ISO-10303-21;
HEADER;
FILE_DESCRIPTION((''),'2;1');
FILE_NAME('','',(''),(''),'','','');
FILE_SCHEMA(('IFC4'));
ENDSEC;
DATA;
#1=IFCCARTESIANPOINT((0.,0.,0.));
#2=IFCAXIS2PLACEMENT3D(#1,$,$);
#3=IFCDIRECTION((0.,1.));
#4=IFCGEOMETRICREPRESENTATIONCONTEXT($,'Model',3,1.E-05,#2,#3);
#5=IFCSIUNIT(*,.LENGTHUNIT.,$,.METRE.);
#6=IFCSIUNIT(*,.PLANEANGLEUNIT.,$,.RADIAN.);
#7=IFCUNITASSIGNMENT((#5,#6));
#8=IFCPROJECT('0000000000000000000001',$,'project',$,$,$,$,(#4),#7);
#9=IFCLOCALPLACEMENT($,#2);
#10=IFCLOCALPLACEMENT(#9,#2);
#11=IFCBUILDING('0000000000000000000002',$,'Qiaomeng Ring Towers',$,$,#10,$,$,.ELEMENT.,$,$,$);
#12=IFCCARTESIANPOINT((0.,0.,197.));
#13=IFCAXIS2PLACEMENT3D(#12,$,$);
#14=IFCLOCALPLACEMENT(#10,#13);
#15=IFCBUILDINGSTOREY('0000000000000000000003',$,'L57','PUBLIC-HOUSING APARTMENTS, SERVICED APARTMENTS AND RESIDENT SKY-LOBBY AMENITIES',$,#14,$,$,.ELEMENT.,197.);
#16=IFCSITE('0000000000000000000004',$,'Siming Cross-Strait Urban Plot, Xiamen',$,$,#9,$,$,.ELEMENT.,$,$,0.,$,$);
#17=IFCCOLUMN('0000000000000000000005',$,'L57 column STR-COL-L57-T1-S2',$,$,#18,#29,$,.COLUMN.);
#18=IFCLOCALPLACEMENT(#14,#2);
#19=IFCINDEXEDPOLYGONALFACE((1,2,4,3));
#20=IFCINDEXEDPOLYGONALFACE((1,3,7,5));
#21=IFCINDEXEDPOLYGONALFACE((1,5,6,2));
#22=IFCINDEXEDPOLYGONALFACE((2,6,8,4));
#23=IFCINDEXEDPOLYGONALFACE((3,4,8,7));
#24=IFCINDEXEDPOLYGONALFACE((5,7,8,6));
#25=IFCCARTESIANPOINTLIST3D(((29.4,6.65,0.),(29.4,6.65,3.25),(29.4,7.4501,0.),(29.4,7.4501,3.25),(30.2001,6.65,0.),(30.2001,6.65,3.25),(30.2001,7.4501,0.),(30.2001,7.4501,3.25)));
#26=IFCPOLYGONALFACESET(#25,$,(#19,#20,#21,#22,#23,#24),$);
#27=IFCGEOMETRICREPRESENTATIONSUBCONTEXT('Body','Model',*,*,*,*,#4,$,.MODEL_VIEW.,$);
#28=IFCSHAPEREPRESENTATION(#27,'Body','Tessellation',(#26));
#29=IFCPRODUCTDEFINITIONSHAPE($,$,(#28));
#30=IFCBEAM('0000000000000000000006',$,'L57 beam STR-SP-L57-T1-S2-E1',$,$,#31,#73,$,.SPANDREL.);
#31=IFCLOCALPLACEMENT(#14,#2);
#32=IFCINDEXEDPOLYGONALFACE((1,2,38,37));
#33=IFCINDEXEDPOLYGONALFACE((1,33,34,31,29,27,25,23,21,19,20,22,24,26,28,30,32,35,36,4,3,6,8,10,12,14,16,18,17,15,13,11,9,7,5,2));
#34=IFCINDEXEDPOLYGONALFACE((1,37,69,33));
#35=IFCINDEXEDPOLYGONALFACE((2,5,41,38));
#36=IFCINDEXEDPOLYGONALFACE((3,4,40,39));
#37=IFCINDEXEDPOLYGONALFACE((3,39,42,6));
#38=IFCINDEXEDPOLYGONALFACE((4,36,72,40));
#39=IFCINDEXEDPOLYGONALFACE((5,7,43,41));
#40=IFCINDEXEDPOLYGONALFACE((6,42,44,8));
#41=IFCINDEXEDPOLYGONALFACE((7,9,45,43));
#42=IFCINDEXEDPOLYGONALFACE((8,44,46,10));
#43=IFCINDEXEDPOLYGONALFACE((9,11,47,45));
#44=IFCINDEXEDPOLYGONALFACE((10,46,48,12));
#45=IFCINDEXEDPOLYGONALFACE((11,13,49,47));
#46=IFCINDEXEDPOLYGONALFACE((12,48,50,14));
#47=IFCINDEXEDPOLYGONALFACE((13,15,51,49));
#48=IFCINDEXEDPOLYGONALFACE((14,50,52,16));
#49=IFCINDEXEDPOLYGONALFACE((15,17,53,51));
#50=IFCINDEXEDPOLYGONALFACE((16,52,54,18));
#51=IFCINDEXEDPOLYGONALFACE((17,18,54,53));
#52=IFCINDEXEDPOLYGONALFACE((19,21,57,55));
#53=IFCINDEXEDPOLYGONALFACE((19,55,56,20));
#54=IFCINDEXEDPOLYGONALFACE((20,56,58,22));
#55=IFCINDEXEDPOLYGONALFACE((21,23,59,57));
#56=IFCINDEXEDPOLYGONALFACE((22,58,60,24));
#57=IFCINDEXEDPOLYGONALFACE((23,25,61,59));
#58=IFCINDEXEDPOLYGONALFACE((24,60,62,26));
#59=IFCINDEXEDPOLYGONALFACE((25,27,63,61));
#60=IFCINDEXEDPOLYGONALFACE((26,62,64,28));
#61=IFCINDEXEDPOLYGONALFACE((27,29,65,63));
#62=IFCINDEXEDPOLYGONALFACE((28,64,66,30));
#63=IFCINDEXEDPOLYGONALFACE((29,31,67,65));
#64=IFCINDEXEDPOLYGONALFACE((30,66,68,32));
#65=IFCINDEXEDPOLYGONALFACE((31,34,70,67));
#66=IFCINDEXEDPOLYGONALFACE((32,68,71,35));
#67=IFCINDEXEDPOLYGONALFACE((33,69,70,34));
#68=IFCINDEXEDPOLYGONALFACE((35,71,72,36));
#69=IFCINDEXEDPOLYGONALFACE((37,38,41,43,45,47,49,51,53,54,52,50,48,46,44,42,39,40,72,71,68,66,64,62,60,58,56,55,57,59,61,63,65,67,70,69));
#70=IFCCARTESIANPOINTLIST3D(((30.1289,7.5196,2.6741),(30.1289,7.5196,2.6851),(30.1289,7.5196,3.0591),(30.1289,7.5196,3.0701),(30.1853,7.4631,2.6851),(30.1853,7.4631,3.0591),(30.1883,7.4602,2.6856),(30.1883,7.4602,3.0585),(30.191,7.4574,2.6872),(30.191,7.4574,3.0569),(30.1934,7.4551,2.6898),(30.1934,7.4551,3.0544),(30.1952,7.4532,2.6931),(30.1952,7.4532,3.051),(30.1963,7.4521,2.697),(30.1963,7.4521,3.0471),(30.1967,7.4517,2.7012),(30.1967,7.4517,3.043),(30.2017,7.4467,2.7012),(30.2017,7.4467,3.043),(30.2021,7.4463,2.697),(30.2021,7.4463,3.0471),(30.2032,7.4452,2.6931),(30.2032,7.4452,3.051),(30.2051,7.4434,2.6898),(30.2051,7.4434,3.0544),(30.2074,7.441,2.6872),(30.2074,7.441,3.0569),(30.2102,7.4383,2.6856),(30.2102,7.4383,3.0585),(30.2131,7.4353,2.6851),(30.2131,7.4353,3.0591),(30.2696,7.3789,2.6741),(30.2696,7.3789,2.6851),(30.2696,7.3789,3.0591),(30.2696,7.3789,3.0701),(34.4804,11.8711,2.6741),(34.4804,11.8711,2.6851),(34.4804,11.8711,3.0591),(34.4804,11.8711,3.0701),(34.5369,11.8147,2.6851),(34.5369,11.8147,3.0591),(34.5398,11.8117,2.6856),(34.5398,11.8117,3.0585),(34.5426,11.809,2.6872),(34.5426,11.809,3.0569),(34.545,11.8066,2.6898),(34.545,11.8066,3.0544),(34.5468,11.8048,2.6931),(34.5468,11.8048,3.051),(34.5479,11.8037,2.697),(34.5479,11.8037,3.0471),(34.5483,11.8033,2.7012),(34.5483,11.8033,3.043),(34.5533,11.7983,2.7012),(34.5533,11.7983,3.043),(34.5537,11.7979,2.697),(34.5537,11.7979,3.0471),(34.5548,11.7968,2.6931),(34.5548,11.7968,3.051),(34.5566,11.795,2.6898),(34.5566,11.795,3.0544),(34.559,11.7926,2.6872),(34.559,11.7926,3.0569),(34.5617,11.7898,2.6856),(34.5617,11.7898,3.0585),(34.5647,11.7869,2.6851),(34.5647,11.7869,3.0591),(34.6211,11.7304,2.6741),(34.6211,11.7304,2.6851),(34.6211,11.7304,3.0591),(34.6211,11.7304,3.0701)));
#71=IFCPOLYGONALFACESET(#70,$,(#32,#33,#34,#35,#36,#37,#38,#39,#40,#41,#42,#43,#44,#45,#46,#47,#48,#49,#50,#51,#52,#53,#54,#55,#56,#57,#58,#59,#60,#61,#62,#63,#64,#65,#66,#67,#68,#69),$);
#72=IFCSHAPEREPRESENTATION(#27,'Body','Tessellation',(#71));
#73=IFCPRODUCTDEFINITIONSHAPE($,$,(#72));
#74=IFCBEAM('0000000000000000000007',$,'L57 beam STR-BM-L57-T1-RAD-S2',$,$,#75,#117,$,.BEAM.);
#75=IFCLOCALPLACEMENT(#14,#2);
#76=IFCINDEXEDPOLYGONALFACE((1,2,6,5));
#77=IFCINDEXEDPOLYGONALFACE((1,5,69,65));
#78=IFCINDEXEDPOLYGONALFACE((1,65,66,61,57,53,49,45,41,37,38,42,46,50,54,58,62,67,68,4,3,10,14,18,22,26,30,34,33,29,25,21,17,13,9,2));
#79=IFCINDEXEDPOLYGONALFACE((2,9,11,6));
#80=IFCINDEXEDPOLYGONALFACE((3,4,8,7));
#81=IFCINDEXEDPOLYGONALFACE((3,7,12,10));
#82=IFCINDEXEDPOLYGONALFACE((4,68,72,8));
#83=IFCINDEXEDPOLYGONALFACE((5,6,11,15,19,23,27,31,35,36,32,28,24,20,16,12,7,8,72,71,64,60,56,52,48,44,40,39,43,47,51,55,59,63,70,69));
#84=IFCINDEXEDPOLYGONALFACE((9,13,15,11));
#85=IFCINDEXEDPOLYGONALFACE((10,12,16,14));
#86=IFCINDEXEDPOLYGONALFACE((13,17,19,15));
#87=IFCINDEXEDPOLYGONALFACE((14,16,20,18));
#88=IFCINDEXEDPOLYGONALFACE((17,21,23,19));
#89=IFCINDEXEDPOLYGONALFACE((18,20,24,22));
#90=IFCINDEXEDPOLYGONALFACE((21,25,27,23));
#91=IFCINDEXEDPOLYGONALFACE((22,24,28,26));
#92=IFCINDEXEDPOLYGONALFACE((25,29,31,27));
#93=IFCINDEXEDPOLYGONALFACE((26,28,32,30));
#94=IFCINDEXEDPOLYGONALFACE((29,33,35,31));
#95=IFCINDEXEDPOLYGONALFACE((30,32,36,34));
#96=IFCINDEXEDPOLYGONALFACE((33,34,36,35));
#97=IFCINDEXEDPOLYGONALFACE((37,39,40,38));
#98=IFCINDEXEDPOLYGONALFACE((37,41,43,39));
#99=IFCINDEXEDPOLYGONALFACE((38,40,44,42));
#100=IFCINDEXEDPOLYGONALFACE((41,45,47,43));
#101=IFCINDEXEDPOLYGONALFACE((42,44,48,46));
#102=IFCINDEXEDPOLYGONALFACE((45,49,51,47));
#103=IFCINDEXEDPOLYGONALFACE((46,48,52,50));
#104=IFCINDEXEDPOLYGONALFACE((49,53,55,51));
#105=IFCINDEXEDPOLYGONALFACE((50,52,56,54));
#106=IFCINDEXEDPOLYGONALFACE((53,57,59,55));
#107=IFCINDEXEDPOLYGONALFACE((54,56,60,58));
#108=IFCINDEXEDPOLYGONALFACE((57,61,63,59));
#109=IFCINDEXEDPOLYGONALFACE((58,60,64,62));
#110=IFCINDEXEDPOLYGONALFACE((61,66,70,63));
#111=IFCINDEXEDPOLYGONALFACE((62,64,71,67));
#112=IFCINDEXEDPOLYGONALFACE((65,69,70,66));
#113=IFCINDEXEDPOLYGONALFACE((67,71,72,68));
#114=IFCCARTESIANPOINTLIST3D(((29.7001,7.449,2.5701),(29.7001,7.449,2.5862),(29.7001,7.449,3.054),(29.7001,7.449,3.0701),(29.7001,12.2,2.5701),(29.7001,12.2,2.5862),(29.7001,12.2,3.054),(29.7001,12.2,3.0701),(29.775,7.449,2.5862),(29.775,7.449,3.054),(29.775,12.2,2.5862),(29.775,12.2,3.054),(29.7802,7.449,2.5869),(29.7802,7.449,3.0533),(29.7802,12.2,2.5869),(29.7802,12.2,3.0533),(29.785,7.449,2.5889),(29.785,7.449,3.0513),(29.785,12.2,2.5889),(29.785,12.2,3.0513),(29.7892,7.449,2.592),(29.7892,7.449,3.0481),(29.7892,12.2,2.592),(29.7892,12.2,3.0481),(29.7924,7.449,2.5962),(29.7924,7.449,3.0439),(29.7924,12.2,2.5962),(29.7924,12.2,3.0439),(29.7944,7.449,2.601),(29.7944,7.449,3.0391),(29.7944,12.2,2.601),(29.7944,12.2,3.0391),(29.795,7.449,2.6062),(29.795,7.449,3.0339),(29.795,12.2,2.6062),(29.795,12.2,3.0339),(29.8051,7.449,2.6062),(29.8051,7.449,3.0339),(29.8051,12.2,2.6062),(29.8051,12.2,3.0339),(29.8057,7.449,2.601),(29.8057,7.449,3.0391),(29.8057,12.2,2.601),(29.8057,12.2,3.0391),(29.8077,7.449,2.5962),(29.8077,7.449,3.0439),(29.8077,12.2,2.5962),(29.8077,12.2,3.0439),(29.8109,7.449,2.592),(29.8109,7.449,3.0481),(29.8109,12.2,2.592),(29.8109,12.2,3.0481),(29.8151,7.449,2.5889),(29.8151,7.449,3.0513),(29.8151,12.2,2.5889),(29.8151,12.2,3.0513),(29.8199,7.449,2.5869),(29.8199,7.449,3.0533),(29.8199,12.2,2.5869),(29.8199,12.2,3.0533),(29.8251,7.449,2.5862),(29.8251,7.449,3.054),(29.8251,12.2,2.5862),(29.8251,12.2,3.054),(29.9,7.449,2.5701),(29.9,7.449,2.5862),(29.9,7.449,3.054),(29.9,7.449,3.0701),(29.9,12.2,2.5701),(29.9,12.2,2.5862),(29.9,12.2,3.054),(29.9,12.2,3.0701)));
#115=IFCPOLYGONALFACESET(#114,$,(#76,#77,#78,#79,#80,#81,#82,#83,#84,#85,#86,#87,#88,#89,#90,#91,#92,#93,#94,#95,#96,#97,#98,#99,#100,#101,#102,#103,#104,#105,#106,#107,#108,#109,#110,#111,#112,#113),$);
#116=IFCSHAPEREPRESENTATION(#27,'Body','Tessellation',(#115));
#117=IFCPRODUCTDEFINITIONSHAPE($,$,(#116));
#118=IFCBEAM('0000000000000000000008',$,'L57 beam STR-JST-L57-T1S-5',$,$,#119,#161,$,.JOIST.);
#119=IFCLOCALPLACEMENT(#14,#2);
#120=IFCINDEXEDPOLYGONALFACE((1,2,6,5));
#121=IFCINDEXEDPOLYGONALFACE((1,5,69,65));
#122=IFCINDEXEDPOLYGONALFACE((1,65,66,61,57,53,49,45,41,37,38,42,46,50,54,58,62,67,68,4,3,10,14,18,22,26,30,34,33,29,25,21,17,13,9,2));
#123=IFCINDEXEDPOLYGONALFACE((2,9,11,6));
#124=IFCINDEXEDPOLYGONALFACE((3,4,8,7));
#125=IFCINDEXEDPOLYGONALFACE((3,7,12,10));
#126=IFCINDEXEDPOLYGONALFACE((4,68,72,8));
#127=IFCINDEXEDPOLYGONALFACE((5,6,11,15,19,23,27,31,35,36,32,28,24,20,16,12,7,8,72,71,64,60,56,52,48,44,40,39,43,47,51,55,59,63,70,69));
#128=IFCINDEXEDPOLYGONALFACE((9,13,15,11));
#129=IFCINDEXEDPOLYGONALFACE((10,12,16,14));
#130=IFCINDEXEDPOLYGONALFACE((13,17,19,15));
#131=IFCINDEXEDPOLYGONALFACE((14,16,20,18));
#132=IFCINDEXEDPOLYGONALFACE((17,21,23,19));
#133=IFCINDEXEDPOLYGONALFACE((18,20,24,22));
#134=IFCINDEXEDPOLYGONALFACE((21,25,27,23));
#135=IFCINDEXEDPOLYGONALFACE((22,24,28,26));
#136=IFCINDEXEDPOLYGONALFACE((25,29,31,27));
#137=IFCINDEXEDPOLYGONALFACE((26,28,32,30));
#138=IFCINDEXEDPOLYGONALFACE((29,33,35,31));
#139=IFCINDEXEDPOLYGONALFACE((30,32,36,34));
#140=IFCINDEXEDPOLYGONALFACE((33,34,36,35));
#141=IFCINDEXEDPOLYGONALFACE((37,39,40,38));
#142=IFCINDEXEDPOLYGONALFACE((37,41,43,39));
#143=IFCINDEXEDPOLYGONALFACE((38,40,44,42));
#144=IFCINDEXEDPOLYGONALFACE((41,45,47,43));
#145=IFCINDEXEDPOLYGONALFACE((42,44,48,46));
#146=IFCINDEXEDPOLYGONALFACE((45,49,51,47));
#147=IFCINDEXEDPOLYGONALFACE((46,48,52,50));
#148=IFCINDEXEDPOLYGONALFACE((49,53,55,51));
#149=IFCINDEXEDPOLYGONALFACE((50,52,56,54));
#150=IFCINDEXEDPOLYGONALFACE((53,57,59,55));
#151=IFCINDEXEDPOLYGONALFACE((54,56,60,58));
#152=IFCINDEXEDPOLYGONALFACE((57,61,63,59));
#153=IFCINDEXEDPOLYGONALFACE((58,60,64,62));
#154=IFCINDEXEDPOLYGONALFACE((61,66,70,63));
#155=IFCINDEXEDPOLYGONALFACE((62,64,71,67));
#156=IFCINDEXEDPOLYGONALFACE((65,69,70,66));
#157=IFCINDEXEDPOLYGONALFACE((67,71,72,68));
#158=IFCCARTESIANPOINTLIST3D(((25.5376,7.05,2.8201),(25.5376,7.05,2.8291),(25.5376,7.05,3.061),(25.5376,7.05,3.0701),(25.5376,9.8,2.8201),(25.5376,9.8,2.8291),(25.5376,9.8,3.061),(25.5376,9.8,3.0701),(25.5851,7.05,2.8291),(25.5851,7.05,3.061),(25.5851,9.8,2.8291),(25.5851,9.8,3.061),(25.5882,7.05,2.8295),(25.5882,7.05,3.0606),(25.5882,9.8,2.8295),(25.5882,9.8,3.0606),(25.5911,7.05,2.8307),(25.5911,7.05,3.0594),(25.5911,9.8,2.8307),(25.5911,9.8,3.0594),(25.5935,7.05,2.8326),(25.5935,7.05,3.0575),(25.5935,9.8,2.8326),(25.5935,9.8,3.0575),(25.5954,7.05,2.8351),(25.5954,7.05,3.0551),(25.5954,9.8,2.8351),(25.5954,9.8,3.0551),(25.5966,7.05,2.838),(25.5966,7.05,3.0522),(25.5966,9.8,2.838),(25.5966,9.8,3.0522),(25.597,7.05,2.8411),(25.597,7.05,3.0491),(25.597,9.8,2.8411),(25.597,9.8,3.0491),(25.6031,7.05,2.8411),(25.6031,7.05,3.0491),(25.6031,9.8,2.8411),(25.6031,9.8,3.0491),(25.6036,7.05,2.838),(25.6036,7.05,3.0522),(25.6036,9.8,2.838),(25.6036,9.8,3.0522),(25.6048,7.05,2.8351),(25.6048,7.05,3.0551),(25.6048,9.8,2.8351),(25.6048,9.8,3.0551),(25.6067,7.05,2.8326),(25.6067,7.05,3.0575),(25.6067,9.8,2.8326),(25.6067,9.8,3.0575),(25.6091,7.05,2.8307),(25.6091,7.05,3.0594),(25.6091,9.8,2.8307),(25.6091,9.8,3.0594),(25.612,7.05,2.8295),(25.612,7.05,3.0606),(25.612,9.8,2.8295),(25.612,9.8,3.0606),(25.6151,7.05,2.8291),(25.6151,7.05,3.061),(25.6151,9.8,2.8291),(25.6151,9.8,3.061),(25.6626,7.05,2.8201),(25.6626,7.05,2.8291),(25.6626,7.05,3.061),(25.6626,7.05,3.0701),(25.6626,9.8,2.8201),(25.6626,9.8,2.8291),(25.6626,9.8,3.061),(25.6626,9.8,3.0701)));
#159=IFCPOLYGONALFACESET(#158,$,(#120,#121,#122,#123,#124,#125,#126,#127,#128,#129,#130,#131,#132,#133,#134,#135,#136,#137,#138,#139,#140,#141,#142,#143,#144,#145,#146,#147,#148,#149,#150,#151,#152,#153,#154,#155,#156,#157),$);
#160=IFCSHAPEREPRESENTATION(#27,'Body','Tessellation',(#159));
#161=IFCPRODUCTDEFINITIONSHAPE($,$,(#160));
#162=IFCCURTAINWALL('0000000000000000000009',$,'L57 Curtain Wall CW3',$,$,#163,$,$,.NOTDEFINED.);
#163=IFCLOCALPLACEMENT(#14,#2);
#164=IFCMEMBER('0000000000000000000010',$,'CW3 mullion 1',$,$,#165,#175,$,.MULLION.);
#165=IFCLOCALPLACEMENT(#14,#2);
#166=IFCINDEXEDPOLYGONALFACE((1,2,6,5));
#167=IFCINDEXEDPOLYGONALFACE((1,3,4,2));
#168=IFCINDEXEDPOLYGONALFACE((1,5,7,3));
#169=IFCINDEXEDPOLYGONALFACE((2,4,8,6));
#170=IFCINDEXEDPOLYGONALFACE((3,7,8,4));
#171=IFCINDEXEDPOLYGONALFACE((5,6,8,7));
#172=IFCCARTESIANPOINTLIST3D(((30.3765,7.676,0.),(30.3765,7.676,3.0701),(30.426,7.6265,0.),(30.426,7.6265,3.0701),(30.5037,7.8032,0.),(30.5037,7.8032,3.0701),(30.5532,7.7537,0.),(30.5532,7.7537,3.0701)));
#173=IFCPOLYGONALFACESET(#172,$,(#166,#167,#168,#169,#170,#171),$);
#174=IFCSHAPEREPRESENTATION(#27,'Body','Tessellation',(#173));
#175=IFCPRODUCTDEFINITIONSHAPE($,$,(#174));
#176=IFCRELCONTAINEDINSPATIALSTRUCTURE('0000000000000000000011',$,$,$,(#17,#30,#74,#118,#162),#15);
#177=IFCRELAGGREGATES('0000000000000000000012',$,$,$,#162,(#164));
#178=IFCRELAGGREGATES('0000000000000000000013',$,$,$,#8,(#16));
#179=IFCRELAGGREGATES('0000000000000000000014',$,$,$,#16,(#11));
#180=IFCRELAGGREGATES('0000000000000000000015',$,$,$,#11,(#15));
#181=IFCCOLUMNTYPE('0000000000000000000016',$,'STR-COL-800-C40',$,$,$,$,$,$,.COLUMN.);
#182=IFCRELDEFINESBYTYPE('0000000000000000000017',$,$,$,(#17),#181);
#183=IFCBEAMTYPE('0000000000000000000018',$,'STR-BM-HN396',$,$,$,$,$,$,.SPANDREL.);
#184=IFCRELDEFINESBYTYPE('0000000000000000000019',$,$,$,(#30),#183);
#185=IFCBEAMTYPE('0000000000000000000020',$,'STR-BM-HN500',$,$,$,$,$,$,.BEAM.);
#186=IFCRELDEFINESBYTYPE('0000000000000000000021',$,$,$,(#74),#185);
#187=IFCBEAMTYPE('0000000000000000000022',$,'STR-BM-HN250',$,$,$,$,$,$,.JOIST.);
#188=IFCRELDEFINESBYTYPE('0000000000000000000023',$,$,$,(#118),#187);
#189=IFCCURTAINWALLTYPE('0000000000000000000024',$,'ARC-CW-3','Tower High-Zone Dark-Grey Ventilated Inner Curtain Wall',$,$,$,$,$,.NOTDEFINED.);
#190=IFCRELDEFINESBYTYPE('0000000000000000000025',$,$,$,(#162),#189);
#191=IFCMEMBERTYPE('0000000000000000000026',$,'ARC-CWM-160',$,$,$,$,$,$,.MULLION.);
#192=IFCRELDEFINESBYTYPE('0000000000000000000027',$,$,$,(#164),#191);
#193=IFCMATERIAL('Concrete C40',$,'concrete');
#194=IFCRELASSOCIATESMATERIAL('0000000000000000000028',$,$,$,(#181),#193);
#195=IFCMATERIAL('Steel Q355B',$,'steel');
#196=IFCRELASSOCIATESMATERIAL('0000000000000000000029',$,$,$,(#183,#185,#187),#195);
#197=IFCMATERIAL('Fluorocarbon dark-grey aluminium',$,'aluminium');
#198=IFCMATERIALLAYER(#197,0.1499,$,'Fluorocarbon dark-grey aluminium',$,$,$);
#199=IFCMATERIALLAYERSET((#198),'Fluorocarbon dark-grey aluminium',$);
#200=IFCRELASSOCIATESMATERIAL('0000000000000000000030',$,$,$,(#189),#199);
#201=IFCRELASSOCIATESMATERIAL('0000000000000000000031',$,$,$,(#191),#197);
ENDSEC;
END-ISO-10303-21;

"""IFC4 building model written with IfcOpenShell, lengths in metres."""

from ifc_helpers import new_model, si_unit, direction, frame, origin, origin_2d, place, context, subcontext, project, spatial, rectangle, i_section, extrude, source, transform, mapped, material, layer, layer_set, material_profile, profile_set, type_object, element, aggregate, save


model = new_model("IFC4")

# Units and contexts
model_context = context("Model", 3, precision=1e-05, world=origin(), true_north=direction((0.0, 1.0)))
body_context = subcontext(model_context, "Body", "Model", "MODEL_VIEW")
ifc_project = project(units=[si_unit("LENGTHUNIT", "METRE"), si_unit("PLANEANGLEUNIT", "RADIAN")], contexts=[model_context])

# Site, building, storey
site_placement = place(None, origin())
site = spatial("IfcSite", under=ifc_project, at=site_placement, Name="Siming Cross-Strait Urban Plot, Xiamen", CompositionType="ELEMENT", RefElevation=0.0)
building_placement = place(site_placement, origin())
building = spatial("IfcBuilding", under=site, at=building_placement, Name="Qiaomeng Ring Towers", CompositionType="ELEMENT")
storey_placement = place(building_placement, frame((0.0, 0.0, 197.0)))
storey = spatial("IfcBuildingStorey", under=building, at=storey_placement, Name="L57", Description="PUBLIC-HOUSING APARTMENTS, SERVICED APARTMENTS AND RESIDENT SKY-LOBBY AMENITIES", CompositionType="ELEMENT", Elevation=197.0)

# Column
ifc_material_1 = material(Name="Concrete C40", Category="concrete")
ifc_material_profile_1 = material_profile(ifc_material_1, rectangle(XDim=0.8, YDim=0.8, at=origin_2d()), Name="RC COL 800x800")
ifc_profile_set_1 = profile_set([ifc_material_profile_1], Name="Concrete C40")
column_type = type_object("IfcColumnType", Name="STR-COL-800-C40", PredefinedType="COLUMN", material=ifc_profile_set_1)
shared_shape_1 = source(origin(), body_context, "Body", "SweptSolid", [
    extrude(rectangle(XDim=0.8, YDim=0.8, at=origin_2d()), origin(), (0.0, 0.0, 1.0), 3.25),
])
column_placement = place(storey_placement, frame((29.8, 7.05, 0.0), z_axis=(0.0, 0.0, 1.0), x_axis=(1.0, 0.0, 0.0)))
element("IfcColumn", 1, at=column_placement, inside=storey, type_object=column_type, Name="L57 column STR-COL-L57-T1-S2", PredefinedType="COLUMN", context=body_context, shape_type="MappedRepresentation", body=[
    mapped(shared_shape_1, transform((0.0, 0.0, 0.0), x_axis=(1.0, 0.0, 0.0), y_axis=(0.0, 1.0, 0.0), z_axis=(0.0, 0.0, 1.0), scale=1.0)),
])

# Beams
ifc_material_2 = material(Name="Steel Q355B", Category="steel")
ifc_material_profile_2 = material_profile(ifc_material_2, i_section(OverallWidth=0.199, OverallDepth=0.396, WebThickness=0.0071, FlangeThickness=0.011, FilletRadius=0.0161, at=origin_2d()), Name="HN 396x199x7x11")
ifc_profile_set_2 = profile_set([ifc_material_profile_2], Name="Steel Q355B")
beam_type_1 = type_object("IfcBeamType", Name="STR-BM-HN396", PredefinedType="SPANDREL", material=ifc_profile_set_2)
shared_shape_2 = source(origin(), body_context, "Body", "SweptSolid", [
    extrude(i_section(OverallWidth=0.199, OverallDepth=0.396, WebThickness=0.0071, FlangeThickness=0.011, FilletRadius=0.0161, at=origin_2d()), origin(), (0.0, 0.0, 1.0), 6.1541),
])
beam_1_placement = place(storey_placement, frame((30.1992, 7.4492, 2.8721), z_axis=(0.707107, 0.707107, 0.0), x_axis=(-0.707107, 0.707107, 0.0)))
element("IfcBeam", 2, at=beam_1_placement, inside=storey, type_object=beam_type_1, Name="L57 beam STR-SP-L57-T1-S2-E1", PredefinedType="SPANDREL", context=body_context, shape_type="MappedRepresentation", body=[
    mapped(shared_shape_2, transform((0.0, 0.0, 0.0), x_axis=(1.0, 0.0, 0.0), y_axis=(0.0, 1.0, 0.0), z_axis=(0.0, 0.0, 1.0), scale=1.0)),
])
ifc_material_profile_3 = material_profile(ifc_material_2, i_section(OverallWidth=0.2, OverallDepth=0.5, WebThickness=0.01, FlangeThickness=0.0161, FilletRadius=0.02, at=origin_2d()), Name="HN 500x200x10x16")
ifc_profile_set_3 = profile_set([ifc_material_profile_3], Name="Steel Q355B")
beam_type_2 = type_object("IfcBeamType", Name="STR-BM-HN500", PredefinedType="BEAM", material=ifc_profile_set_3)
shared_shape_3 = source(origin(), body_context, "Body", "SweptSolid", [
    extrude(i_section(OverallWidth=0.2, OverallDepth=0.5, WebThickness=0.01, FlangeThickness=0.0161, FilletRadius=0.02, at=origin_2d()), origin(), (0.0, 0.0, 1.0), 4.751),
])
beam_2_placement = place(storey_placement, frame((29.8, 7.449, 2.8201), z_axis=(0.0, 1.0, 0.0), x_axis=(-1.0, 0.0, 0.0)))
element("IfcBeam", 3, at=beam_2_placement, inside=storey, type_object=beam_type_2, Name="L57 beam STR-BM-L57-T1-RAD-S2", PredefinedType="BEAM", context=body_context, shape_type="MappedRepresentation", body=[
    mapped(shared_shape_3, transform((0.0, 0.0, 0.0), x_axis=(1.0, 0.0, 0.0), y_axis=(0.0, 1.0, 0.0), z_axis=(0.0, 0.0, 1.0), scale=1.0)),
])
ifc_material_profile_4 = material_profile(ifc_material_2, i_section(OverallWidth=0.125, OverallDepth=0.25, WebThickness=0.0061, FlangeThickness=0.009, FilletRadius=0.012, at=origin_2d()), Name="HN 250x125x6x9")
ifc_profile_set_4 = profile_set([ifc_material_profile_4], Name="Steel Q355B")
beam_type_3 = type_object("IfcBeamType", Name="STR-BM-HN250", PredefinedType="JOIST", material=ifc_profile_set_4)
shared_shape_4 = source(origin(), body_context, "Body", "SweptSolid", [
    extrude(i_section(OverallWidth=0.125, OverallDepth=0.25, WebThickness=0.0061, FlangeThickness=0.009, FilletRadius=0.012, at=origin_2d()), origin(), (0.0, 0.0, 1.0), 2.75),
])
beam_3_placement = place(storey_placement, frame((25.6001, 7.05, 2.9451), z_axis=(0.0, 1.0, 0.0), x_axis=(-1.0, 0.0, 0.0)))
element("IfcBeam", 4, at=beam_3_placement, inside=storey, type_object=beam_type_3, Name="L57 beam STR-JST-L57-T1S-5", PredefinedType="JOIST", context=body_context, shape_type="MappedRepresentation", body=[
    mapped(shared_shape_4, transform((0.0, 0.0, 0.0), x_axis=(1.0, 0.0, 0.0), y_axis=(0.0, 1.0, 0.0), z_axis=(0.0, 0.0, 1.0), scale=1.0)),
])

# Curtain wall, member
ifc_material_3 = material(Name="Fluorocarbon dark-grey aluminium", Category="aluminium")
ifc_layer_1 = layer(ifc_material_3, 0.1499, Name="Fluorocarbon dark-grey aluminium")
ifc_layer_set_1 = layer_set([ifc_layer_1], Name="Fluorocarbon dark-grey aluminium")
curtain_wall_type = type_object("IfcCurtainWallType", Name="ARC-CW-3", Description="Tower High-Zone Dark-Grey Ventilated Inner Curtain Wall", PredefinedType="NOTDEFINED", material=ifc_layer_set_1)
curtain_wall_placement = place(storey_placement, origin())
curtain_wall = element("IfcCurtainWall", 5, at=curtain_wall_placement, inside=storey, type_object=curtain_wall_type, Name="L57 Curtain Wall CW3", PredefinedType="NOTDEFINED")
ifc_material_profile_5 = material_profile(ifc_material_3, rectangle(XDim=0.0701, YDim=0.1799, at=origin_2d()), Name="ALU MULL 70x180")
ifc_profile_set_5 = profile_set([ifc_material_profile_5], Name="Fluorocarbon dark-grey aluminium")
member_type_1 = type_object("IfcMemberType", Name="ARC-CWM-160", PredefinedType="MULLION", material=ifc_profile_set_5)
shared_shape_5 = source(origin(), body_context, "Body", "SweptSolid", [
    extrude(rectangle(XDim=0.0701, YDim=0.1799, at=origin_2d()), origin(), (0.0, 0.0, 1.0), 3.0701),
])
member_1_placement = place(storey_placement, frame((30.4648, 7.7148, 0.0), z_axis=(0.0, 0.0, 1.0), x_axis=(-0.707107, 0.707107, 0.0)))
member_1 = element("IfcMember", 6, at=member_1_placement, type_object=member_type_1, Name="CW3 mullion 1", PredefinedType="MULLION", context=body_context, shape_type="MappedRepresentation", body=[
    mapped(shared_shape_5, transform((0.0, 0.0, 0.0), x_axis=(1.0, 0.0, 0.0), y_axis=(0.0, 1.0, 0.0), z_axis=(0.0, 0.0, 1.0), scale=1.0)),
])
aggregate(curtain_wall, [member_1])

save(model, "model.ifc")
